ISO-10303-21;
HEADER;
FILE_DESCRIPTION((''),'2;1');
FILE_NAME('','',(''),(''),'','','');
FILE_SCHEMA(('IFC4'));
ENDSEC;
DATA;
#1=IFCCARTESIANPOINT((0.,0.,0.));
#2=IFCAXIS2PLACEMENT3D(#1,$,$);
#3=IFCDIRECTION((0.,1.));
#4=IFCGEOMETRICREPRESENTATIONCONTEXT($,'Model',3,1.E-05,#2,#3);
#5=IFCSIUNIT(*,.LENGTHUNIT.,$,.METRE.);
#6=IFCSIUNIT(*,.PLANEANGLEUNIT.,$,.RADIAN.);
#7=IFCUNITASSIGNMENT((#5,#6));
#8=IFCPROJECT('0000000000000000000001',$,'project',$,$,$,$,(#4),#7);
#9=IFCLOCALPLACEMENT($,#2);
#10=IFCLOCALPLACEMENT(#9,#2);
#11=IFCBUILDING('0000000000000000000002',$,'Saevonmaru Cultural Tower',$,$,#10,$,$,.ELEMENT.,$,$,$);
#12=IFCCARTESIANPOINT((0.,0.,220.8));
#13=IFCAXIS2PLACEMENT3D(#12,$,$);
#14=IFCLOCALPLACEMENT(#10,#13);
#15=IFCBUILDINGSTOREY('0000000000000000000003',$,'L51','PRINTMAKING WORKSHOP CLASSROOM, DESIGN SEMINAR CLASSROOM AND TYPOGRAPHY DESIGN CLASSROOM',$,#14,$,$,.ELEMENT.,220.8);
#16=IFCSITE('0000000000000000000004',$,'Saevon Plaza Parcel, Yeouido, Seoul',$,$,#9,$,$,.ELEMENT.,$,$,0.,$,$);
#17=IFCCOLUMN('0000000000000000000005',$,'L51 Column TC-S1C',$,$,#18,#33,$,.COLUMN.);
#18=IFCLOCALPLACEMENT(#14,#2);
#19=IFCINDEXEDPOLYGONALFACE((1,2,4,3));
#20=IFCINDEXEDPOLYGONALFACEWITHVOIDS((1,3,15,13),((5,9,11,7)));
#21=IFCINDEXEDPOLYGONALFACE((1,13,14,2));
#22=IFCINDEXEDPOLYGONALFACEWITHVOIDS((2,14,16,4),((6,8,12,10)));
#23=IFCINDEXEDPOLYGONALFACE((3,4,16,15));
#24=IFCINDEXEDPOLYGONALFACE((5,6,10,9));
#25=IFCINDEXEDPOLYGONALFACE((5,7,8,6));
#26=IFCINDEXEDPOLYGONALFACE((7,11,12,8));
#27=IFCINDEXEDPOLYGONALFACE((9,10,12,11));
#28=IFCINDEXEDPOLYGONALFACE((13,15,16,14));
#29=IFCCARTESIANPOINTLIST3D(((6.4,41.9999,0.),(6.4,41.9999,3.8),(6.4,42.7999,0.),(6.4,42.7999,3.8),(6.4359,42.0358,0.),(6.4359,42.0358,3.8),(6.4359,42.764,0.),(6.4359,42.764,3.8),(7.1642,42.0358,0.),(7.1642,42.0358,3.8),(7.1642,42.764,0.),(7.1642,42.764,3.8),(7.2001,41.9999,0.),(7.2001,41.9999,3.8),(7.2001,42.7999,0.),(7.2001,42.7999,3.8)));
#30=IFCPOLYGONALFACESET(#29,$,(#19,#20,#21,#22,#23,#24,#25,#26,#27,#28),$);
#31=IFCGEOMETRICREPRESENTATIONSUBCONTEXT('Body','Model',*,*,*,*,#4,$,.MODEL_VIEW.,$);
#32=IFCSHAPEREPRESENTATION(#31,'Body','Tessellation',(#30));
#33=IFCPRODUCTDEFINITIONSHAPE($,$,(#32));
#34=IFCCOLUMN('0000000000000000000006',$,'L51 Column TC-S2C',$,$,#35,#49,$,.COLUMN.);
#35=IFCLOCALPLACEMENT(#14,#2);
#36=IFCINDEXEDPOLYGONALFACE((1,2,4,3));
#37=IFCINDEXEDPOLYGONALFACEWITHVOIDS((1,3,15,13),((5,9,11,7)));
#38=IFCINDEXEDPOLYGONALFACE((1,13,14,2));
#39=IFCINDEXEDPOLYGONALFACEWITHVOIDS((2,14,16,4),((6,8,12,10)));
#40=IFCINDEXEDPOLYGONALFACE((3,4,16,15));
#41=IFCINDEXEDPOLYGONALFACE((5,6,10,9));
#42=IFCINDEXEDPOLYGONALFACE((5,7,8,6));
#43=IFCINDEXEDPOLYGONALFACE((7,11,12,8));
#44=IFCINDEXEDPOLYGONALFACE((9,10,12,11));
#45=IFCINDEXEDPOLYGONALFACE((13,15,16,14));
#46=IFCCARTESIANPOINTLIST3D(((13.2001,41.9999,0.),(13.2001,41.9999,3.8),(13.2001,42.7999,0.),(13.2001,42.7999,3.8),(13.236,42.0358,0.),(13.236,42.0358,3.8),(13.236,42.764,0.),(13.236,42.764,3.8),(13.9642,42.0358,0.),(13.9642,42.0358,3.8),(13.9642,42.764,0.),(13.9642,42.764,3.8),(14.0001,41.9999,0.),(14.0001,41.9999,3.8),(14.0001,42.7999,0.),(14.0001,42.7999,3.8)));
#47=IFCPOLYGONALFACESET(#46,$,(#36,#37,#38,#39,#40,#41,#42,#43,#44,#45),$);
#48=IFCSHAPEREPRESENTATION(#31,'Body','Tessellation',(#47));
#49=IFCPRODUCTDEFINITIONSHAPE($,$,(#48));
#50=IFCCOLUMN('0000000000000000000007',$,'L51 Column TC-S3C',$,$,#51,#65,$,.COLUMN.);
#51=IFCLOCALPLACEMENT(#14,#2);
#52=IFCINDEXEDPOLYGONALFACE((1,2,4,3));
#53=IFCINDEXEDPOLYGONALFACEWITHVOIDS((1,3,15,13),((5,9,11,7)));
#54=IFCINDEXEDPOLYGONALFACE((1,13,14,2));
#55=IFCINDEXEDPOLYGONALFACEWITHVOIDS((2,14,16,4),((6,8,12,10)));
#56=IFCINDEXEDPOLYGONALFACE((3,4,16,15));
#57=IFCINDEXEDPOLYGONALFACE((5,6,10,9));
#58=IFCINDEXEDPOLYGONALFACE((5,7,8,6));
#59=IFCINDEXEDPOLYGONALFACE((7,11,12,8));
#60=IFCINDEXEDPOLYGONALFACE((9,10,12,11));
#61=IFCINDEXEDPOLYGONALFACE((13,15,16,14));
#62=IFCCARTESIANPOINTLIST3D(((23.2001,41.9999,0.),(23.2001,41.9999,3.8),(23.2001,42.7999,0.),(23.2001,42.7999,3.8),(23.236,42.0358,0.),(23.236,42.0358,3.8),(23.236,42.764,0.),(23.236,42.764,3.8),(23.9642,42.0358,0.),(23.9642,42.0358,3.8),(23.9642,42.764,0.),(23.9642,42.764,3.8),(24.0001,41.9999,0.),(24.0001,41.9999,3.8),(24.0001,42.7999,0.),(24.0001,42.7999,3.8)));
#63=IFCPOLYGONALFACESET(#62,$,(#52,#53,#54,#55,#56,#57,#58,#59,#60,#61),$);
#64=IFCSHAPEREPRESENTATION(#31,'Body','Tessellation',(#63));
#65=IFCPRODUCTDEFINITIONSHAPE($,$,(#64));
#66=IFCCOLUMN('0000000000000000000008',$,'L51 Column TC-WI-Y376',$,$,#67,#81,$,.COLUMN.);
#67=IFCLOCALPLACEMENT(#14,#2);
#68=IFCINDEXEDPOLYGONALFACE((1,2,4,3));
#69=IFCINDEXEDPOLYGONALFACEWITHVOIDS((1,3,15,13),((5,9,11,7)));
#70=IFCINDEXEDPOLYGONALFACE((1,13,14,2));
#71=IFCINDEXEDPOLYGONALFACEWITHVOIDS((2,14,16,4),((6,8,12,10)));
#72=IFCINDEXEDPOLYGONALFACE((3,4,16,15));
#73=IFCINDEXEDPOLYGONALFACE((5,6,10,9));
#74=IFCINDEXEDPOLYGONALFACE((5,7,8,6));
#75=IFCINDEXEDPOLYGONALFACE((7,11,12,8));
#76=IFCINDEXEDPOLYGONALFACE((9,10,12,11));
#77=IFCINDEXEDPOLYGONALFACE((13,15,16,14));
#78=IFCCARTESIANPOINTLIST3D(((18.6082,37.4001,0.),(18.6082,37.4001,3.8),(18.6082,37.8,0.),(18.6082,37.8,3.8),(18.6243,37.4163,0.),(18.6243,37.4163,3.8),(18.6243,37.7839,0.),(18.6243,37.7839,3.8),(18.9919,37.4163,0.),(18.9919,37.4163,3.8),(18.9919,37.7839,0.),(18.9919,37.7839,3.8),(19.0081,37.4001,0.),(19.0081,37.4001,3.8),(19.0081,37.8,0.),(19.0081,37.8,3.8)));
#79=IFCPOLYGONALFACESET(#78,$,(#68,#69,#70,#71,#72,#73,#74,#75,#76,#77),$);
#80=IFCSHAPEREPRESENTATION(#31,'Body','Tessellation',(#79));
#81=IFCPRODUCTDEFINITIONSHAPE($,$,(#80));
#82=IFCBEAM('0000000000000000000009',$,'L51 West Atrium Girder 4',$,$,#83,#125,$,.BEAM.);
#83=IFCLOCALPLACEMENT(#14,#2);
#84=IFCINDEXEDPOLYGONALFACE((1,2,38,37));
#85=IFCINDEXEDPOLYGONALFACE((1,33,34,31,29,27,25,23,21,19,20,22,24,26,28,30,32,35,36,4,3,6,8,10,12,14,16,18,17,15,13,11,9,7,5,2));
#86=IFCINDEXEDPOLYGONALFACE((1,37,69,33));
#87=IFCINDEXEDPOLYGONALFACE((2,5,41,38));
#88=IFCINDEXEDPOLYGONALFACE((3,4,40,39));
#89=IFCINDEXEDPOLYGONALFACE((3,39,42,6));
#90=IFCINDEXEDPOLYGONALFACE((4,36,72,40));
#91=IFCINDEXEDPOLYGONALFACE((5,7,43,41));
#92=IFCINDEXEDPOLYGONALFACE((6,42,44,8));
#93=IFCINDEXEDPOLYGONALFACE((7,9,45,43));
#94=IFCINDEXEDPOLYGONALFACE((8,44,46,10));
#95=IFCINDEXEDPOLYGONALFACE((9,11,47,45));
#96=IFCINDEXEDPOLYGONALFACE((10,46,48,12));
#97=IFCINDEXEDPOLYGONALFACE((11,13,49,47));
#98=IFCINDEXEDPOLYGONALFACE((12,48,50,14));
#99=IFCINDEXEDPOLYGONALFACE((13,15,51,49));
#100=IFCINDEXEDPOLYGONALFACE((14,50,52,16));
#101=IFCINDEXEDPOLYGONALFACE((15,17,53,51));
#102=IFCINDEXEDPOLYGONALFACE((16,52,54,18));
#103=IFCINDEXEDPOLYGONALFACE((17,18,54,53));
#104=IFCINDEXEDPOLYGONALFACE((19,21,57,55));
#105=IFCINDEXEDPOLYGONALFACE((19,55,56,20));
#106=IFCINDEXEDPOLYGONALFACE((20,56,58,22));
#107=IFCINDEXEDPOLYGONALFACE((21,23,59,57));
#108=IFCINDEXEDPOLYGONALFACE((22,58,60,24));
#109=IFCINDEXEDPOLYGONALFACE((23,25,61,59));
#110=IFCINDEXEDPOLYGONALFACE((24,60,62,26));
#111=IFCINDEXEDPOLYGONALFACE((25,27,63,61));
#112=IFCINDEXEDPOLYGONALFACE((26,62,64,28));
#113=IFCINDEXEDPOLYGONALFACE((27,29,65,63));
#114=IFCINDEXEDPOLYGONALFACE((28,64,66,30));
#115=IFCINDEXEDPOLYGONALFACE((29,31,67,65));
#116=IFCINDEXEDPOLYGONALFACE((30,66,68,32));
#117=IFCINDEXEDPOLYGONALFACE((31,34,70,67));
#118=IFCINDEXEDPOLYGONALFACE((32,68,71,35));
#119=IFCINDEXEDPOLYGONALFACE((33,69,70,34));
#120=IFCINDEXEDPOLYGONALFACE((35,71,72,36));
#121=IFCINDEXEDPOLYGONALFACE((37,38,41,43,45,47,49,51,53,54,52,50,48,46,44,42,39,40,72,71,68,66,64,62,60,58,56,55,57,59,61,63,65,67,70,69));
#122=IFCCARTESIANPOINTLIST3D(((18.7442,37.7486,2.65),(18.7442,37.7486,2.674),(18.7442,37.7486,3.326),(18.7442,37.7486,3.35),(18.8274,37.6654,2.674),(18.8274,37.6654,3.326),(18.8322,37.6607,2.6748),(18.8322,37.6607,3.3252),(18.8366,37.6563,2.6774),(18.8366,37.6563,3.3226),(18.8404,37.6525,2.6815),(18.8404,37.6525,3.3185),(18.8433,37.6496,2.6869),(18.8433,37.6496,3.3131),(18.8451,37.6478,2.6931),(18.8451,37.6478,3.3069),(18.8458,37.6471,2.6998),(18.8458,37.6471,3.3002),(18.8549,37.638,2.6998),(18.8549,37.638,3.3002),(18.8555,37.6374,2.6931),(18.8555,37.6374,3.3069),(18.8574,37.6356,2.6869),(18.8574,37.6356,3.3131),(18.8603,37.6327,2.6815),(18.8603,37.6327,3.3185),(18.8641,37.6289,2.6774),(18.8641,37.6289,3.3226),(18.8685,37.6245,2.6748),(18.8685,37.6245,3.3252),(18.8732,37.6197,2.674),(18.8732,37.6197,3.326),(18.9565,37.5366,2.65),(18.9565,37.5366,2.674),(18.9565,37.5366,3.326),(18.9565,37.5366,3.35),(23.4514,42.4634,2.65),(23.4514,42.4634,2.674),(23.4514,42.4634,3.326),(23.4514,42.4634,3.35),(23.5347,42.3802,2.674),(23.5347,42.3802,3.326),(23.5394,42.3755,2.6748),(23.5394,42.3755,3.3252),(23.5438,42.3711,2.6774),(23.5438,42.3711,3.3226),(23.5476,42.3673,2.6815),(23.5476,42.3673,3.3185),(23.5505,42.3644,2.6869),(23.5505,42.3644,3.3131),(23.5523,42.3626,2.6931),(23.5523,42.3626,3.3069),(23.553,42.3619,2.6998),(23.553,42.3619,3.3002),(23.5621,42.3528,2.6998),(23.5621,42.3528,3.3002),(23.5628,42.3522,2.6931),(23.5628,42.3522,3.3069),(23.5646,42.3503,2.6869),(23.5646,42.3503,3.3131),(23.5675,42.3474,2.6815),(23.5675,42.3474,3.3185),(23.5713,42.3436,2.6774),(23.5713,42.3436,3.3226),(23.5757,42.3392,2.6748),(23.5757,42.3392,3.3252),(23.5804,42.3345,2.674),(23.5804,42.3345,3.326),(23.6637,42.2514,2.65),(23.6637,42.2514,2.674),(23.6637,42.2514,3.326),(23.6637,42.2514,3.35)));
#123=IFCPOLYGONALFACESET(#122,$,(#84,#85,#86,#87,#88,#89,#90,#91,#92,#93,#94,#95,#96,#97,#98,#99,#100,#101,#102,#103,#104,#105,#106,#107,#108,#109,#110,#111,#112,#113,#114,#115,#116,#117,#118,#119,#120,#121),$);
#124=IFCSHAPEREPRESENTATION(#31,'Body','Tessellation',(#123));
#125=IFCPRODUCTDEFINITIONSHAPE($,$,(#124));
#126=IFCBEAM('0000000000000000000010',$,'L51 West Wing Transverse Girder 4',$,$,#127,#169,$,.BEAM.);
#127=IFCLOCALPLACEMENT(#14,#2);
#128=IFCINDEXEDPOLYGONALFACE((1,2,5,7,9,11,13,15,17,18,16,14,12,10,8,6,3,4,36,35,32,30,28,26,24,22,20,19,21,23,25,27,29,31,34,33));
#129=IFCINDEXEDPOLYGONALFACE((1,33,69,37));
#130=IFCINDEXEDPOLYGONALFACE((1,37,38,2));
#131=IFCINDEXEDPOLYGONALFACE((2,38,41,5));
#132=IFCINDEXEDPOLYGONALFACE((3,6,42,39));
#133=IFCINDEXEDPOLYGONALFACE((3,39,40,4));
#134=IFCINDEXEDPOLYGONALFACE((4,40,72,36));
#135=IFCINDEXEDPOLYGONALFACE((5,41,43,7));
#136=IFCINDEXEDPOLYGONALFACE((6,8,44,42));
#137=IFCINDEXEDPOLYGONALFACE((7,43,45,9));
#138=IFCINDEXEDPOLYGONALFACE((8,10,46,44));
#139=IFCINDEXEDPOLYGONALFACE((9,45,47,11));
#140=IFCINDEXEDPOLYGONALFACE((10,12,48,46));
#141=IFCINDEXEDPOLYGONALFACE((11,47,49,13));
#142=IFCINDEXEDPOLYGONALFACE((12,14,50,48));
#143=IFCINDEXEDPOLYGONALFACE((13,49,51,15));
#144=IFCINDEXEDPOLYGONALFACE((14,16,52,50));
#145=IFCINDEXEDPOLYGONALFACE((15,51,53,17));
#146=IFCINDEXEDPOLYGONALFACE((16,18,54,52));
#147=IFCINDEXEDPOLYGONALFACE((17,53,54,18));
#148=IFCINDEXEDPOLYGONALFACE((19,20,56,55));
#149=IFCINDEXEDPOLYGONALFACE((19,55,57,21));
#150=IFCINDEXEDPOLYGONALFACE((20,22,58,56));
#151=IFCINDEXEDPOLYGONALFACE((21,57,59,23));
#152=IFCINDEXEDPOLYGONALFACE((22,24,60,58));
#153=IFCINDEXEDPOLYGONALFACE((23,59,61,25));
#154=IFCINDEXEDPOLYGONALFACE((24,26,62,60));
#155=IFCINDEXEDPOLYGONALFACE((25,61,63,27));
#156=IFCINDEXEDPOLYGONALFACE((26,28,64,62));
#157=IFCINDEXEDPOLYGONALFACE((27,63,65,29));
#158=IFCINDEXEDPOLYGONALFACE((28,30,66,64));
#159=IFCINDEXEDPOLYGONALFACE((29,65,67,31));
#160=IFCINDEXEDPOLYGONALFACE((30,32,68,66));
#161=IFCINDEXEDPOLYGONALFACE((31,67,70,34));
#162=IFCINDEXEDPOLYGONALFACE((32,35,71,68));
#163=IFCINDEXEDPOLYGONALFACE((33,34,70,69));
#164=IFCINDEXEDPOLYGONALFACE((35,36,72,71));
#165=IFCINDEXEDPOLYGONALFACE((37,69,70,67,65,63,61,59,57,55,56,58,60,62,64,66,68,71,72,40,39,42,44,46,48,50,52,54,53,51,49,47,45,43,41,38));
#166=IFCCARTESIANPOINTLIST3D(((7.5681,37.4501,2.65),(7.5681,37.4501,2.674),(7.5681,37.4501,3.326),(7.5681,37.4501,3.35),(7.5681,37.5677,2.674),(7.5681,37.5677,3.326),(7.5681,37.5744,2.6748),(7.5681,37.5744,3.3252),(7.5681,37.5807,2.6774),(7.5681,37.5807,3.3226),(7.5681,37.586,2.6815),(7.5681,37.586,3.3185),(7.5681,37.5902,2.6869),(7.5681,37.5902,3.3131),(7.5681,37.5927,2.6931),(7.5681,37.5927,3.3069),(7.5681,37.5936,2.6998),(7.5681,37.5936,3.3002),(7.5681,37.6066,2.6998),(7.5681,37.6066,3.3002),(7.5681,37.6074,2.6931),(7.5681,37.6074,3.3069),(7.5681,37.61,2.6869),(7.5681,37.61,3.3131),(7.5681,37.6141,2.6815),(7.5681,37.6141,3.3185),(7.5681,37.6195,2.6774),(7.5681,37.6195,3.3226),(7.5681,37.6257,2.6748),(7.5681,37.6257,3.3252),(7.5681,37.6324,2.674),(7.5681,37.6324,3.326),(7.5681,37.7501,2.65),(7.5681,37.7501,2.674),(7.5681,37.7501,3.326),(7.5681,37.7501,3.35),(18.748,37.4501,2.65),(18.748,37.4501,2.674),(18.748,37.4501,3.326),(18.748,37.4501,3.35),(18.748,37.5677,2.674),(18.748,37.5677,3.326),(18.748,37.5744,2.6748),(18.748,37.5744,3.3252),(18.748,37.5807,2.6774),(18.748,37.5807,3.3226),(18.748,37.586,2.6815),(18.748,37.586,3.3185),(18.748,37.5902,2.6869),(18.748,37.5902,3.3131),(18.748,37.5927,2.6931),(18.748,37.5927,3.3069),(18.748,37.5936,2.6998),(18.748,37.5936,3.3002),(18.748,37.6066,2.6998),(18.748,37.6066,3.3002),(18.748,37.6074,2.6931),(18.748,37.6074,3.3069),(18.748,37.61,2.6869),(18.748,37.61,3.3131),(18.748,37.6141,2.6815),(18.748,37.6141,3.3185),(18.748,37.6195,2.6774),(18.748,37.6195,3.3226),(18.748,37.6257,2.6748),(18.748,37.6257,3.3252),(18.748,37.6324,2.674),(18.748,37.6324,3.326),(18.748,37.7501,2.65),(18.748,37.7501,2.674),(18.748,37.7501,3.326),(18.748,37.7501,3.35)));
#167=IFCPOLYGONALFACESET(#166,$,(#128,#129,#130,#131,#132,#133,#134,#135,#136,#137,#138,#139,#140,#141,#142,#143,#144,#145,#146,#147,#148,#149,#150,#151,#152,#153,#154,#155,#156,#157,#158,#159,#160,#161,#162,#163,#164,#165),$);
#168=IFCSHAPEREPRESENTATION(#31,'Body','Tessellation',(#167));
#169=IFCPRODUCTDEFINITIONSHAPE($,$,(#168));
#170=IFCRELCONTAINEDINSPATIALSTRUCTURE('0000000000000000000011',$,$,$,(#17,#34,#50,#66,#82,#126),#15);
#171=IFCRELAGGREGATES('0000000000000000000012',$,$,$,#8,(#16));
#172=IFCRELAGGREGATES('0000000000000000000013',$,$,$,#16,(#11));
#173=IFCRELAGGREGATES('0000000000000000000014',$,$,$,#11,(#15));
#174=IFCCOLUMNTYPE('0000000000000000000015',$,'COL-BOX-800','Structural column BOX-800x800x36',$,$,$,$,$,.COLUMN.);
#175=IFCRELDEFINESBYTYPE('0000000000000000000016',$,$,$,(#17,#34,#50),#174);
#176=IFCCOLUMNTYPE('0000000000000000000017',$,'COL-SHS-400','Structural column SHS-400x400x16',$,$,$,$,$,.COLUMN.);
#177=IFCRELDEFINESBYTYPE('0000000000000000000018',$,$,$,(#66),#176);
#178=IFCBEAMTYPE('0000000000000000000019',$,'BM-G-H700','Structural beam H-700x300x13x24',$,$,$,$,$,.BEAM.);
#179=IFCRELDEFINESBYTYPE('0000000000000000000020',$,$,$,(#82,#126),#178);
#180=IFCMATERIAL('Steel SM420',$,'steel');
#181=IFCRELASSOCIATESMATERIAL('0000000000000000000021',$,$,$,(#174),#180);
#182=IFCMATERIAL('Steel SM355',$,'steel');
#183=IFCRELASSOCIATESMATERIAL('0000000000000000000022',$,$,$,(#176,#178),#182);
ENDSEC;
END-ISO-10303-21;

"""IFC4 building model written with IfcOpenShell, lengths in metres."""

from ifc_helpers import new_model, si_unit, direction, frame, origin, origin_2d, place, context, subcontext, project, spatial, hollow_rectangle, i_section, extrude, material, material_profile, profile_set, type_object, element, save


model = new_model("IFC4")

# Units and contexts
model_context = context("Model", 3, precision=1e-05, world=origin(), true_north=direction((0.0, 1.0)))
body_context = subcontext(model_context, "Body", "Model", "MODEL_VIEW")
ifc_project = project(units=[si_unit("LENGTHUNIT", "METRE"), si_unit("PLANEANGLEUNIT", "RADIAN")], contexts=[model_context])

# Site, building, storey
site_placement = place(None, origin())
site = spatial("IfcSite", under=ifc_project, at=site_placement, Name="Saevon Plaza Parcel, Yeouido, Seoul", CompositionType="ELEMENT", RefElevation=0.0)
building_placement = place(site_placement, origin())
building = spatial("IfcBuilding", under=site, at=building_placement, Name="Saevonmaru Cultural Tower", CompositionType="ELEMENT")
storey_placement = place(building_placement, frame((0.0, 0.0, 220.8)))
storey = spatial("IfcBuildingStorey", under=building, at=storey_placement, Name="L51", Description="PRINTMAKING WORKSHOP CLASSROOM, DESIGN SEMINAR CLASSROOM AND TYPOGRAPHY DESIGN CLASSROOM", CompositionType="ELEMENT", Elevation=220.8)

# Columns
ifc_material_1 = material(Name="Steel SM420", Category="steel")
ifc_material_profile_1 = material_profile(ifc_material_1, hollow_rectangle(XDim=0.8, YDim=0.8, WallThickness=0.0359, at=origin_2d()), Name="BOX-800x800x36")
ifc_profile_set_1 = profile_set([ifc_material_profile_1], Name="Steel SM420")
column_type_1 = type_object("IfcColumnType", Name="COL-BOX-800", Description="Structural column BOX-800x800x36", PredefinedType="COLUMN", material=ifc_profile_set_1)
for number, where, z_axis, x_axis, name in (
    (1, (6.8, 42.3999, 0.0), (0.0, 0.0, 1.0), (1.0, 0.0, 0.0), "L51 Column TC-S1C"),
    (2, (13.6001, 42.3999, 0.0), (0.0, 0.0, 1.0), (1.0, 0.0, 0.0), "L51 Column TC-S2C"),
    (3, (23.6001, 42.3999, 0.0), (0.0, 0.0, 1.0), (1.0, 0.0, 0.0), "L51 Column TC-S3C"),
):
    element("IfcColumn", number, at=place(storey_placement, frame(where, z_axis=z_axis, x_axis=x_axis)), inside=storey, type_object=column_type_1, Name=name, PredefinedType="COLUMN", context=body_context, shape_type="SweptSolid", body=[
        extrude(hollow_rectangle(XDim=0.8, YDim=0.8, WallThickness=0.0359, at=origin_2d()), origin(), (0.0, 0.0, 1.0), 3.8),
    ])
ifc_material_2 = material(Name="Steel SM355", Category="steel")
ifc_material_profile_2 = material_profile(ifc_material_2, hollow_rectangle(XDim=0.3999, YDim=0.3999, WallThickness=0.0161, at=origin_2d()), Name="SHS-400x400x16")
ifc_profile_set_2 = profile_set([ifc_material_profile_2], Name="Steel SM355")
column_type_2 = type_object("IfcColumnType", Name="COL-SHS-400", Description="Structural column SHS-400x400x16", PredefinedType="COLUMN", material=ifc_profile_set_2)
column_placement = place(storey_placement, frame((18.8081, 37.6001, 0.0), z_axis=(0.0, 0.0, 1.0), x_axis=(1.0, 0.0, 0.0)))
element("IfcColumn", 4, at=column_placement, inside=storey, type_object=column_type_2, Name="L51 Column TC-WI-Y376", PredefinedType="COLUMN", context=body_context, shape_type="SweptSolid", body=[
    extrude(hollow_rectangle(XDim=0.3999, YDim=0.3999, WallThickness=0.0161, at=origin_2d()), origin(), (0.0, 0.0, 1.0), 3.8),
])

# Beams
ifc_material_profile_3 = material_profile(ifc_material_2, i_section(OverallWidth=0.3, OverallDepth=0.7, WebThickness=0.0129, FlangeThickness=0.0239, FilletRadius=0.0259, at=origin_2d()), Name="H-700x300x13x24")
ifc_profile_set_3 = profile_set([ifc_material_profile_3], Name="Steel SM355")
beam_type_1 = type_object("IfcBeamType", Name="BM-G-H700", Description="Structural beam H-700x300x13x24", PredefinedType="BEAM", material=ifc_profile_set_3)
beam_1_placement = place(storey_placement, frame((18.8503, 37.6426, 3.0), z_axis=(0.706539, 0.707675, 0.0), x_axis=(-0.707675, 0.706539, 0.0)))
element("IfcBeam", 5, at=beam_1_placement, inside=storey, type_object=beam_type_1, Name="L51 West Atrium Girder 4", PredefinedType="BEAM", context=body_context, shape_type="SweptSolid", body=[
    extrude(i_section(OverallWidth=0.3, OverallDepth=0.7, WebThickness=0.0129, FlangeThickness=0.0239, FilletRadius=0.0259, at=origin_2d()), origin(), (0.0, 0.0, 1.0), 6.6624),
])
beam_2_placement = place(storey_placement, frame((7.5681, 37.6001, 3.0), z_axis=(1.0, 0.0, 0.0), x_axis=(0.0, 1.0, 0.0)))
element("IfcBeam", 6, at=beam_2_placement, inside=storey, type_object=beam_type_1, Name="L51 West Wing Transverse Girder 4", PredefinedType="BEAM", context=body_context, shape_type="SweptSolid", body=[
    extrude(i_section(OverallWidth=0.3, OverallDepth=0.7, WebThickness=0.0129, FlangeThickness=0.0239, FilletRadius=0.0259, at=origin_2d()), origin(), (0.0, 0.0, 1.0), 11.1799),
])

save(model, "model.ifc")
